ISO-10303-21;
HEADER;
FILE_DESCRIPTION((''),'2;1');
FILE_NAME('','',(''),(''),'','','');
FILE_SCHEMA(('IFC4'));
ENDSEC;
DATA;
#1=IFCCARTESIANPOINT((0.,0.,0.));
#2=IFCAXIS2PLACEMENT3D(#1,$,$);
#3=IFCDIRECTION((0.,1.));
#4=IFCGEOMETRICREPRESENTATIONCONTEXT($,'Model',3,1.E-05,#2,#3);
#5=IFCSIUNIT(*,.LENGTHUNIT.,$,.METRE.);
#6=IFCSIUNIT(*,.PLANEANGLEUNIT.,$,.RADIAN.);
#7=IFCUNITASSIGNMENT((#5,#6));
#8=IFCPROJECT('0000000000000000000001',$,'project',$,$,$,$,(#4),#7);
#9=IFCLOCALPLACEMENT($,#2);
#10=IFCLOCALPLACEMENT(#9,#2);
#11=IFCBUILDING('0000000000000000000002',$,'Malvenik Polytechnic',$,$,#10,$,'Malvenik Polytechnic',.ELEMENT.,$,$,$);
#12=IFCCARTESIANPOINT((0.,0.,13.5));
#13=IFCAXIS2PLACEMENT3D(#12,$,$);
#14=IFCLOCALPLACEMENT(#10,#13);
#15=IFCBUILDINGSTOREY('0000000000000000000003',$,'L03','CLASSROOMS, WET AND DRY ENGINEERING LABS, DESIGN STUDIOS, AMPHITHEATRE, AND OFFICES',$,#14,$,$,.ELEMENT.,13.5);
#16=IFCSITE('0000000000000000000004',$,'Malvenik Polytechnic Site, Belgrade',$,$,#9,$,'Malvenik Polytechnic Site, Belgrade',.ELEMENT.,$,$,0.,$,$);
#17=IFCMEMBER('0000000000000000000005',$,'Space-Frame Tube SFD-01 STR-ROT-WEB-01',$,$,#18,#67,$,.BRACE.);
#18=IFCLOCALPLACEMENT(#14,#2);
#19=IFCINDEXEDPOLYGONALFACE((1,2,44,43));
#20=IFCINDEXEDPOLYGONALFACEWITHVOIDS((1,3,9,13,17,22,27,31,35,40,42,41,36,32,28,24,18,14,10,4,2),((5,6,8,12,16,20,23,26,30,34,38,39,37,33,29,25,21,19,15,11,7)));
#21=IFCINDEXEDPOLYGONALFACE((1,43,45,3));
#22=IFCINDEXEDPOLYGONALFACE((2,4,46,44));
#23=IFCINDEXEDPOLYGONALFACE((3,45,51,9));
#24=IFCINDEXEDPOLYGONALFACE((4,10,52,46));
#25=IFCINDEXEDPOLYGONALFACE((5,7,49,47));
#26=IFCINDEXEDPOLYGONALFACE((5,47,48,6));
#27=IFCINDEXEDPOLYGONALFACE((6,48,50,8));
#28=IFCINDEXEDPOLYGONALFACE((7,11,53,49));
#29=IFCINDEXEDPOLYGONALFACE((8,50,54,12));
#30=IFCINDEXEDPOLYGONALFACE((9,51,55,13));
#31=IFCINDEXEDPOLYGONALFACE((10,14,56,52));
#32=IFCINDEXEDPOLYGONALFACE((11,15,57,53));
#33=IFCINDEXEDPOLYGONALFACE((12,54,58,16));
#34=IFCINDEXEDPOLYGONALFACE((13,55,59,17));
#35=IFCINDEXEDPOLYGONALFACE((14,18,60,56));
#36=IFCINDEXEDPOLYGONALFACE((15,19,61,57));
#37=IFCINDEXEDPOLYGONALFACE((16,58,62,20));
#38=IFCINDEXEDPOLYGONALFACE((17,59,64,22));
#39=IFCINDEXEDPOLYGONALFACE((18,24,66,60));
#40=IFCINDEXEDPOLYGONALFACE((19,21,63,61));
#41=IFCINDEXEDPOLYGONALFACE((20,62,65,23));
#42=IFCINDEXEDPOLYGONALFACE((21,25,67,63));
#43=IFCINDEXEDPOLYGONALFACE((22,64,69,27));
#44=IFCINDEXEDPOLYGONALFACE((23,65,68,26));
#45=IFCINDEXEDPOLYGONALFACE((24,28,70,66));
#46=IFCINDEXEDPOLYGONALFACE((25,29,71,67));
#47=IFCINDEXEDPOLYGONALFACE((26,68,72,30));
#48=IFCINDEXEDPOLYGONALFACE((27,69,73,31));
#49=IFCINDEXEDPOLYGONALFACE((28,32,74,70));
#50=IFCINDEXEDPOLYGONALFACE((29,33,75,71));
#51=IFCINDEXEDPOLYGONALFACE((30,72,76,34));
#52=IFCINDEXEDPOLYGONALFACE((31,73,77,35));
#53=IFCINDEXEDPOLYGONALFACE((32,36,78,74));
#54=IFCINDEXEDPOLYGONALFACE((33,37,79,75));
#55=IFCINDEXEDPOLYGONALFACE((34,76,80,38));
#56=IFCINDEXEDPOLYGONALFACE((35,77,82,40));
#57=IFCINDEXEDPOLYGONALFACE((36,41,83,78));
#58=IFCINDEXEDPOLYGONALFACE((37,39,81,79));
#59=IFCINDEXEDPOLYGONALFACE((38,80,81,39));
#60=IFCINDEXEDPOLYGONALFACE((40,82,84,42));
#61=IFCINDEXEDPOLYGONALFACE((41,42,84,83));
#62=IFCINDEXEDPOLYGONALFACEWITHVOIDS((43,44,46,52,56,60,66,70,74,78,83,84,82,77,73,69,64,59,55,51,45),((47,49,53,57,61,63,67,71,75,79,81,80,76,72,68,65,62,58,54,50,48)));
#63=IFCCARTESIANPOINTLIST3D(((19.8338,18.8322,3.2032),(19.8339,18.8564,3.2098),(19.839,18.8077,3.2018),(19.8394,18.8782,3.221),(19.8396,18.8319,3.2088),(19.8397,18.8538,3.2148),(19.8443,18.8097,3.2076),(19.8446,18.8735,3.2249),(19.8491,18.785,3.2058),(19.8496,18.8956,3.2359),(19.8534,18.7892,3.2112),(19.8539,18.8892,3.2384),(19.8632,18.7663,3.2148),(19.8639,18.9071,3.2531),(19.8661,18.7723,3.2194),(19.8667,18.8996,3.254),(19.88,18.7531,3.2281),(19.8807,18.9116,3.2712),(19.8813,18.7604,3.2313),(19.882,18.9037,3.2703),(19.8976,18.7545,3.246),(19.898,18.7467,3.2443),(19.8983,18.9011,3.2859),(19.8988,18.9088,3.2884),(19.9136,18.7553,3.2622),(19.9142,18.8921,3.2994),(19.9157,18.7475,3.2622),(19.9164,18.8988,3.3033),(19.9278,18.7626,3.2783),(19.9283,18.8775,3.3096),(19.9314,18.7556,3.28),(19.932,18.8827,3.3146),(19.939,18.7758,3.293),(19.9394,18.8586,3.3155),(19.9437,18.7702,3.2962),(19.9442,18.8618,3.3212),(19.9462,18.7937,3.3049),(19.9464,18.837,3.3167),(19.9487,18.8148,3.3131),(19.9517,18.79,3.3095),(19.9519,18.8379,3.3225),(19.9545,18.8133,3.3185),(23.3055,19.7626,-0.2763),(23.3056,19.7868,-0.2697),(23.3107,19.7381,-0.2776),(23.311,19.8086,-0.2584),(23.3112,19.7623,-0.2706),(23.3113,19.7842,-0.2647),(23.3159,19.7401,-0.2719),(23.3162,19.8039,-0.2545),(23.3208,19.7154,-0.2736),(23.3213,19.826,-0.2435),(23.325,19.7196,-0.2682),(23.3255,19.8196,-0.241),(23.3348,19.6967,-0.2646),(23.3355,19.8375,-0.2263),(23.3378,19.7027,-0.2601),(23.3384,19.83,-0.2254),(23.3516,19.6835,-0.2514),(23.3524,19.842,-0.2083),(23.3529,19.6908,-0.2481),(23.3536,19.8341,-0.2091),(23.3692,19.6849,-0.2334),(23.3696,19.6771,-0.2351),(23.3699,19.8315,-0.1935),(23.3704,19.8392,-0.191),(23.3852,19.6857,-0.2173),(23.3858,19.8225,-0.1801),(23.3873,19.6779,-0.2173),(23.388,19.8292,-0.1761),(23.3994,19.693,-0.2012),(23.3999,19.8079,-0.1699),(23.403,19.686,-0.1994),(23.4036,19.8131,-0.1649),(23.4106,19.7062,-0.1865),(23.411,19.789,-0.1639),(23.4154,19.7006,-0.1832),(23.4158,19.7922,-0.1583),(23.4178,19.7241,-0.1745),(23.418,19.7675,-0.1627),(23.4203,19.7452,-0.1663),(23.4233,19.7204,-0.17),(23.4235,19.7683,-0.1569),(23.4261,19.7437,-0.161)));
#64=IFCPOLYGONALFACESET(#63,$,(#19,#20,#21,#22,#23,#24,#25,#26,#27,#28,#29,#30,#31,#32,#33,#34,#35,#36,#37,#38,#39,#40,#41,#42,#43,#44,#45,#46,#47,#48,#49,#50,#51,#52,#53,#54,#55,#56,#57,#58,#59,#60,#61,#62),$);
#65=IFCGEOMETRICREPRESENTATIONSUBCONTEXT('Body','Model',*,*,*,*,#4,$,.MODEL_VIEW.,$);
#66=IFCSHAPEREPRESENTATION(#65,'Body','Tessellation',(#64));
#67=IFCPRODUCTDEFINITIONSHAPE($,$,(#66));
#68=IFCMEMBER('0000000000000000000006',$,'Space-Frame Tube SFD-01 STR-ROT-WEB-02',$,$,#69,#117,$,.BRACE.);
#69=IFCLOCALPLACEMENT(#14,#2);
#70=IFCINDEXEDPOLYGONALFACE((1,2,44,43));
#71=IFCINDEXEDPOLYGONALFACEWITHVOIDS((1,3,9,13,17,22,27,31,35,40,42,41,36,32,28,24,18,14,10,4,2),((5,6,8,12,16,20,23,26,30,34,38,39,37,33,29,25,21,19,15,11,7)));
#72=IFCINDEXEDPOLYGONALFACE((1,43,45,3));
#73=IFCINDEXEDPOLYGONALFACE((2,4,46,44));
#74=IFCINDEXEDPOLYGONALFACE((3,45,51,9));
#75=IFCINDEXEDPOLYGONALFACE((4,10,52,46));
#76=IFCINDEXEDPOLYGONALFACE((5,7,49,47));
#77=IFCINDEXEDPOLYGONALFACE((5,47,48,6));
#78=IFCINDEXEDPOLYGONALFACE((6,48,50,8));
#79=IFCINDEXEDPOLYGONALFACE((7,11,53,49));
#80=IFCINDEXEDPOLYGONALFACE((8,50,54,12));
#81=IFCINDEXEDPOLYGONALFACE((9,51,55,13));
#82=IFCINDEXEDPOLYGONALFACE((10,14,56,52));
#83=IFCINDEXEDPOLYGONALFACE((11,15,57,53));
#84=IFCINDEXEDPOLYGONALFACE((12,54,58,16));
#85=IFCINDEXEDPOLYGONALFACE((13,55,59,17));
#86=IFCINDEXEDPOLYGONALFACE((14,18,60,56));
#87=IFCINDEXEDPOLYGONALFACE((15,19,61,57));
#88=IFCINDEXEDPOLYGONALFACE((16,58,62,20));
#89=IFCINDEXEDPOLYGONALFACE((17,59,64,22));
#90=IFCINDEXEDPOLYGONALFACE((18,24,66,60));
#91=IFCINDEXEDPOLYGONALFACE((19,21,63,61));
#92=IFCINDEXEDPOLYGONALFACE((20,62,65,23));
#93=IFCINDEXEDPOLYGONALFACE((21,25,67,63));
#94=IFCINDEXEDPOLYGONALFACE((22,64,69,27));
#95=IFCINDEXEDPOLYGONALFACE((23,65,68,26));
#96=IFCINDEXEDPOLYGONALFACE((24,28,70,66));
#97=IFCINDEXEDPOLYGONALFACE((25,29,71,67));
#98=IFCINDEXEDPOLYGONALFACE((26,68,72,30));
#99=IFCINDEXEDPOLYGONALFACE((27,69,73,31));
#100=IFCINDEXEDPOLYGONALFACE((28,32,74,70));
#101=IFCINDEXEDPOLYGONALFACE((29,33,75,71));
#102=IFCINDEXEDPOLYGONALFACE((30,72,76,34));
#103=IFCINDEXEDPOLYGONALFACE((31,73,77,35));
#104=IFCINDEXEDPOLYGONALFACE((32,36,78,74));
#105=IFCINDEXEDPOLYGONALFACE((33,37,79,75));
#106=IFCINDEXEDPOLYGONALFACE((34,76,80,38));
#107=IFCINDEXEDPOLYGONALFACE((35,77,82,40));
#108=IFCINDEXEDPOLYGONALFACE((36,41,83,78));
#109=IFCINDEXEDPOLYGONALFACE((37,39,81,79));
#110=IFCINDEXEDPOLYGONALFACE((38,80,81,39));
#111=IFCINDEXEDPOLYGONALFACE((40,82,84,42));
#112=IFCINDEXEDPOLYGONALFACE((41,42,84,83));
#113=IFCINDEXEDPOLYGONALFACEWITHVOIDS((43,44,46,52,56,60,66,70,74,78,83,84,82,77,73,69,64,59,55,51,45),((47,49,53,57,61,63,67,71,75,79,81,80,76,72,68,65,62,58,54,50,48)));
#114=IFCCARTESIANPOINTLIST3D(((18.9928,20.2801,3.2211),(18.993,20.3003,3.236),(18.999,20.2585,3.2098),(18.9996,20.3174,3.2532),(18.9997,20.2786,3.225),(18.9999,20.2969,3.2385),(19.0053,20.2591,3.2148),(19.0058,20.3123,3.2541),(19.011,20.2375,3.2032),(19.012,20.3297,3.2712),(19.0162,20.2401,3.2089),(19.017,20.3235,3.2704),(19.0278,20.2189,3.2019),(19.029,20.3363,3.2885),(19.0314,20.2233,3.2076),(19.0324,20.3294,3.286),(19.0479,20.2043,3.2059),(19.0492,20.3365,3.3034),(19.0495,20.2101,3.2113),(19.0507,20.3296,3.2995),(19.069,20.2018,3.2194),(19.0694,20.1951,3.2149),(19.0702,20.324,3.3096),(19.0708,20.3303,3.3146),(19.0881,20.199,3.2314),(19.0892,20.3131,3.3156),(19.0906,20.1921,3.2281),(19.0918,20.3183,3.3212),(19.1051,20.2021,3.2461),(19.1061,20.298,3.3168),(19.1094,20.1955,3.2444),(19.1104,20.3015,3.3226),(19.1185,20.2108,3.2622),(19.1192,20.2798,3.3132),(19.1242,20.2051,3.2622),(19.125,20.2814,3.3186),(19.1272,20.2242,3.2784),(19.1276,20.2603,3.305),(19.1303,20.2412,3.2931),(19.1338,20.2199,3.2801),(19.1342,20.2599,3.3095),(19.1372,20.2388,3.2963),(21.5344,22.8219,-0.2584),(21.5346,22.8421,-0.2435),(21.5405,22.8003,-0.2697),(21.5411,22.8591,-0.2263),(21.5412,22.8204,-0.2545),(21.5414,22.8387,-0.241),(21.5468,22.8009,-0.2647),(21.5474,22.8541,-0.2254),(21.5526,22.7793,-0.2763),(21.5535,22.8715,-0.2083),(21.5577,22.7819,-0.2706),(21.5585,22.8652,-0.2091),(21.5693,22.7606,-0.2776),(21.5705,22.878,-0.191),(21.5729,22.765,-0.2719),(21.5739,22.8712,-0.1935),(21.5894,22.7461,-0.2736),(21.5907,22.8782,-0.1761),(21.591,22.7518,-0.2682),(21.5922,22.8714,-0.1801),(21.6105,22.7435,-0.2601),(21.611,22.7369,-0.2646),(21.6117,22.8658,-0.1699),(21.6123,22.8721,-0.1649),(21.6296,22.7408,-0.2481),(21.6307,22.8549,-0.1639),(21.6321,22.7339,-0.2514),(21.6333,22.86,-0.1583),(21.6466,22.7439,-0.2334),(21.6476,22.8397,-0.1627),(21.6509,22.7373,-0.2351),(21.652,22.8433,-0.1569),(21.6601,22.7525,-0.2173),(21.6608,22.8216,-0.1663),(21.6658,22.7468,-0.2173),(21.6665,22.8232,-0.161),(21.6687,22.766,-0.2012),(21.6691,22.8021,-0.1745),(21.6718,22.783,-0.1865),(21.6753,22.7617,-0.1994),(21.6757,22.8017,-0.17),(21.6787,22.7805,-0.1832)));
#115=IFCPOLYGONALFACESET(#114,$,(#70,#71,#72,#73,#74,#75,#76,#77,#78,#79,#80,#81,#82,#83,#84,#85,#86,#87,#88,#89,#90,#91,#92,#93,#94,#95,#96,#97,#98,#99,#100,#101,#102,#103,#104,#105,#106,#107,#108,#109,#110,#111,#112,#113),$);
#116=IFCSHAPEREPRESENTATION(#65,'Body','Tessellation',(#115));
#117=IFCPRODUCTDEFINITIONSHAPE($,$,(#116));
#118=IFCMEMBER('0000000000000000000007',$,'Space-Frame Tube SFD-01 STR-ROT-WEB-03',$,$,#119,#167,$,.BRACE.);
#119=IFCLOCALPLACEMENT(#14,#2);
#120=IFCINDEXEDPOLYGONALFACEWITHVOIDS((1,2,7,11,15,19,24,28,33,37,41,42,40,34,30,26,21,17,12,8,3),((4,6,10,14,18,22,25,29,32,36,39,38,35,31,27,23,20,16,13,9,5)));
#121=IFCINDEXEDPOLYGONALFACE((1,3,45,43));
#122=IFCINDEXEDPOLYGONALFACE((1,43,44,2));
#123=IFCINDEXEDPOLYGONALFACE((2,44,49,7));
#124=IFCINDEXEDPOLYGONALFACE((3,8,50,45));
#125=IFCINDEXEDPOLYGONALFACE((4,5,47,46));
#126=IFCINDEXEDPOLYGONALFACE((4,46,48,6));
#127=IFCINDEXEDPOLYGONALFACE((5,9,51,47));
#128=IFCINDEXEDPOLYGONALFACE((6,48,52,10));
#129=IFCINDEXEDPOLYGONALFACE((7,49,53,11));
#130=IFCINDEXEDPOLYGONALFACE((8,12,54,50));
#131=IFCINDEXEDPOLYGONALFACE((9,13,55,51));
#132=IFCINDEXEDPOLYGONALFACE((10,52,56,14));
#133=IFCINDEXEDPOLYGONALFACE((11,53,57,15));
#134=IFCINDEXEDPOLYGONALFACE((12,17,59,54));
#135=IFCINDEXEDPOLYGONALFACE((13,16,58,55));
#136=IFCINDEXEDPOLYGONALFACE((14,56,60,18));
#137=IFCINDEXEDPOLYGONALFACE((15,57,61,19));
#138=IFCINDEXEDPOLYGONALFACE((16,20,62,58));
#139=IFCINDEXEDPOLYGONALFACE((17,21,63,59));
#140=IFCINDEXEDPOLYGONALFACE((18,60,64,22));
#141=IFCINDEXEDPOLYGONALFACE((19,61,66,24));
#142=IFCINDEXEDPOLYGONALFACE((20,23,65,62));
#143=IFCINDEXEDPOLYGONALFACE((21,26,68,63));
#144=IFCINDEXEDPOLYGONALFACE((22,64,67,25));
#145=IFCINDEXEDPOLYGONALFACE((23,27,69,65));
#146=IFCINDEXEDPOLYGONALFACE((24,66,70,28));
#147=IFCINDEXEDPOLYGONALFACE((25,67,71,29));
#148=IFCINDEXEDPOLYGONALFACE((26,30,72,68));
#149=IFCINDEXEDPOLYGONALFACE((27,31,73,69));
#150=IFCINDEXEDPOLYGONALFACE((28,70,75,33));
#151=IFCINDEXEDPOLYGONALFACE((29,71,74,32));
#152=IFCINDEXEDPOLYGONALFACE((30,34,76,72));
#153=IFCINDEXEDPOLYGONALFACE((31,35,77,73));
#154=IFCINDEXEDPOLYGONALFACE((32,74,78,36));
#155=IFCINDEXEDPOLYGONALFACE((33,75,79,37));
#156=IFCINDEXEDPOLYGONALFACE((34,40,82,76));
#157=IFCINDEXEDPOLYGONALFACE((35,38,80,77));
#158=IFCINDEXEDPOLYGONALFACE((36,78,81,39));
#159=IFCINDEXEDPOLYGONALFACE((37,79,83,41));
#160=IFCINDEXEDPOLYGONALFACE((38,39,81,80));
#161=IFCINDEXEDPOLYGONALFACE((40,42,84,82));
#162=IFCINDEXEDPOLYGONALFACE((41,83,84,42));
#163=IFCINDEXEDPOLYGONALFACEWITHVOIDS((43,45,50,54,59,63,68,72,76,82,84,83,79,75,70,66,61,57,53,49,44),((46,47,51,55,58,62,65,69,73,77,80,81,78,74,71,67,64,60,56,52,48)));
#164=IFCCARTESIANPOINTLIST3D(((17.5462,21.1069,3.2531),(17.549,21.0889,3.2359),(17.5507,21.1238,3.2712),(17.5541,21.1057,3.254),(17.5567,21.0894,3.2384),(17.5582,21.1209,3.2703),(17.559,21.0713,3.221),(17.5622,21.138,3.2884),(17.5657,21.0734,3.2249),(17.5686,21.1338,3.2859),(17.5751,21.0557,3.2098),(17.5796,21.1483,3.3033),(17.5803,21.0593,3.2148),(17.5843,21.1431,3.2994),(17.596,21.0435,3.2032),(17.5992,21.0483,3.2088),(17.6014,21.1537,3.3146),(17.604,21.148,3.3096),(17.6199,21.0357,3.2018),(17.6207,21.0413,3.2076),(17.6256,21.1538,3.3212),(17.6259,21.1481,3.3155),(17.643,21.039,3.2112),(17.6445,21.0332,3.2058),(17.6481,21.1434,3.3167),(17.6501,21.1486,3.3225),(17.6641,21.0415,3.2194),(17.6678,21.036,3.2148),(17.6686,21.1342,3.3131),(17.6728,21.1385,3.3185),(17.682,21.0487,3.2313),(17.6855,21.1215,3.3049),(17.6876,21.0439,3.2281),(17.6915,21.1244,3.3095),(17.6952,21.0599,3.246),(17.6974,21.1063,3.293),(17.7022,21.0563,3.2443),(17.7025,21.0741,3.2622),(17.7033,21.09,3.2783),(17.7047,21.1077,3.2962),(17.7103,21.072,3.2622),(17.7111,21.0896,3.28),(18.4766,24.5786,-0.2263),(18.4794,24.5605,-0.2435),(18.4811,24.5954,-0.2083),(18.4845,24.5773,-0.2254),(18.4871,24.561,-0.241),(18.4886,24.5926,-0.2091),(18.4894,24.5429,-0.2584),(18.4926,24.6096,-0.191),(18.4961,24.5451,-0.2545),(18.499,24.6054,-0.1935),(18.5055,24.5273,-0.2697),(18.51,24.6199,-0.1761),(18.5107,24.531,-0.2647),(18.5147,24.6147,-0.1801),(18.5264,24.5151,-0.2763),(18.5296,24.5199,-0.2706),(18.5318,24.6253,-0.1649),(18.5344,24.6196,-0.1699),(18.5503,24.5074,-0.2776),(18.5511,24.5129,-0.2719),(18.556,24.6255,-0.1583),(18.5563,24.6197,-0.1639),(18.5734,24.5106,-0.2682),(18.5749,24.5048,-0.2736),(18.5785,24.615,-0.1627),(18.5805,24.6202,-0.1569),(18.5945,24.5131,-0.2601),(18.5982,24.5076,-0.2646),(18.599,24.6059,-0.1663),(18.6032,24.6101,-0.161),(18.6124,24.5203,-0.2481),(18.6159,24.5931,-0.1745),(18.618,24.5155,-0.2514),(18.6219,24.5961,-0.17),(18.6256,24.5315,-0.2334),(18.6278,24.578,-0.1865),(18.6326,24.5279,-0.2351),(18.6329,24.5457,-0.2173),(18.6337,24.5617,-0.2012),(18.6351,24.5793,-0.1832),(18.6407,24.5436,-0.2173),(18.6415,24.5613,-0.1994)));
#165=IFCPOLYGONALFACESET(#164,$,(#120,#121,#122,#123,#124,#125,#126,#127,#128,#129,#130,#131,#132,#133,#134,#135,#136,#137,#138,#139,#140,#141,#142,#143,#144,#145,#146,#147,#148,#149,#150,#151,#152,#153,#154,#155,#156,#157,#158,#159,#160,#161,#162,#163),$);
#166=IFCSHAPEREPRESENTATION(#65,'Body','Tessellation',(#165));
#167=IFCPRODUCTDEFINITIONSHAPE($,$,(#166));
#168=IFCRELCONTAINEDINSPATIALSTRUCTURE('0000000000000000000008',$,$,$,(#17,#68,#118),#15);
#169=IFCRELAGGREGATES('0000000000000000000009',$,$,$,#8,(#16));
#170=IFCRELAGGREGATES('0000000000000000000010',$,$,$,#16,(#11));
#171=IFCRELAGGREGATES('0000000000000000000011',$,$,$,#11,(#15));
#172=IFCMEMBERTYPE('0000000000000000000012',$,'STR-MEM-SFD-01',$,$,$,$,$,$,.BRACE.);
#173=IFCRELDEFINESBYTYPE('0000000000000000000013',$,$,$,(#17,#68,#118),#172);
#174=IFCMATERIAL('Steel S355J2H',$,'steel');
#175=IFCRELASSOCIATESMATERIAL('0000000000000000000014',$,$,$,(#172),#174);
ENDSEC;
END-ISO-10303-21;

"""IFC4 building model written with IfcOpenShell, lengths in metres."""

from ifc_helpers import new_model, si_unit, direction, frame, origin, origin_2d, place, context, subcontext, project, spatial, hollow_circle, extrude, material, material_profile, profile_set, type_object, element, save


model = new_model("IFC4")

# Units and contexts
model_context = context("Model", 3, precision=1e-05, world=origin(), true_north=direction((0.0, 1.0)))
body_context = subcontext(model_context, "Body", "Model", "MODEL_VIEW")
ifc_project = project(units=[si_unit("LENGTHUNIT", "METRE"), si_unit("PLANEANGLEUNIT", "RADIAN")], contexts=[model_context])

# Site, building, storey
site_placement = place(None, origin())
site = spatial("IfcSite", under=ifc_project, at=site_placement, Name="Malvenik Polytechnic Site, Belgrade", LongName="Malvenik Polytechnic Site, Belgrade", CompositionType="ELEMENT", RefElevation=0.0)
building_placement = place(site_placement, origin())
building = spatial("IfcBuilding", under=site, at=building_placement, Name="Malvenik Polytechnic", LongName="Malvenik Polytechnic", CompositionType="ELEMENT")
storey_placement = place(building_placement, frame((0.0, 0.0, 13.5)))
storey = spatial("IfcBuildingStorey", under=building, at=storey_placement, Name="L03", Description="CLASSROOMS, WET AND DRY ENGINEERING LABS, DESIGN STUDIOS, AMPHITHEATRE, AND OFFICES", CompositionType="ELEMENT", Elevation=13.5)

# Members
ifc_material_1 = material(Name="Steel S355J2H", Category="steel")
ifc_material_profile_1 = material_profile(ifc_material_1, hollow_circle(Radius=0.0842, WallThickness=0.0081, at=origin_2d()), Name="CHS 168.3x8.0")
ifc_profile_set_1 = profile_set([ifc_material_profile_1], Name="Steel S355J2H")
member_type_1 = type_object("IfcMemberType", Name="STR-MEM-SFD-01", PredefinedType="BRACE", material=ifc_profile_set_1)
member_1_placement = place(storey_placement, frame((23.3655, 19.7593, -0.2173), z_axis=(-0.693988, -0.185991, 0.695549), x_axis=(0.258867, -0.965913, 0.0)))
element("IfcMember", 1, at=member_1_placement, inside=storey, type_object=member_type_1, Name="Space-Frame Tube SFD-01 STR-ROT-WEB-01", PredefinedType="BRACE", context=body_context, shape_type="SweptSolid", body=[
    extrude(hollow_circle(Radius=0.0842, WallThickness=0.0081, at=origin_2d()), origin(), (0.0, 0.0, 1.0), 5.0024),
])
member_2_placement = place(storey_placement, frame((21.6062, 22.8064, -0.2173), z_axis=(-0.508031, -0.508079, 0.695529), x_axis=(0.707141, -0.707073, 0.0)))
element("IfcMember", 2, at=member_2_placement, inside=storey, type_object=member_type_1, Name="Space-Frame Tube SFD-01 STR-ROT-WEB-02", PredefinedType="BRACE", context=body_context, shape_type="SweptSolid", body=[
    extrude(hollow_circle(Radius=0.0842, WallThickness=0.0081, at=origin_2d()), origin(), (0.0, 0.0, 1.0), 5.0027),
])
member_3_placement = place(storey_placement, frame((18.5593, 24.5654, -0.2173), z_axis=(-0.185991, -0.693988, 0.695549), x_axis=(0.965913, -0.258867, 0.0)))
element("IfcMember", 3, at=member_3_placement, inside=storey, type_object=member_type_1, Name="Space-Frame Tube SFD-01 STR-ROT-WEB-03", PredefinedType="BRACE", context=body_context, shape_type="SweptSolid", body=[
    extrude(hollow_circle(Radius=0.0842, WallThickness=0.0081, at=origin_2d()), origin(), (0.0, 0.0, 1.0), 5.0024),
])

save(model, "model.ifc")
